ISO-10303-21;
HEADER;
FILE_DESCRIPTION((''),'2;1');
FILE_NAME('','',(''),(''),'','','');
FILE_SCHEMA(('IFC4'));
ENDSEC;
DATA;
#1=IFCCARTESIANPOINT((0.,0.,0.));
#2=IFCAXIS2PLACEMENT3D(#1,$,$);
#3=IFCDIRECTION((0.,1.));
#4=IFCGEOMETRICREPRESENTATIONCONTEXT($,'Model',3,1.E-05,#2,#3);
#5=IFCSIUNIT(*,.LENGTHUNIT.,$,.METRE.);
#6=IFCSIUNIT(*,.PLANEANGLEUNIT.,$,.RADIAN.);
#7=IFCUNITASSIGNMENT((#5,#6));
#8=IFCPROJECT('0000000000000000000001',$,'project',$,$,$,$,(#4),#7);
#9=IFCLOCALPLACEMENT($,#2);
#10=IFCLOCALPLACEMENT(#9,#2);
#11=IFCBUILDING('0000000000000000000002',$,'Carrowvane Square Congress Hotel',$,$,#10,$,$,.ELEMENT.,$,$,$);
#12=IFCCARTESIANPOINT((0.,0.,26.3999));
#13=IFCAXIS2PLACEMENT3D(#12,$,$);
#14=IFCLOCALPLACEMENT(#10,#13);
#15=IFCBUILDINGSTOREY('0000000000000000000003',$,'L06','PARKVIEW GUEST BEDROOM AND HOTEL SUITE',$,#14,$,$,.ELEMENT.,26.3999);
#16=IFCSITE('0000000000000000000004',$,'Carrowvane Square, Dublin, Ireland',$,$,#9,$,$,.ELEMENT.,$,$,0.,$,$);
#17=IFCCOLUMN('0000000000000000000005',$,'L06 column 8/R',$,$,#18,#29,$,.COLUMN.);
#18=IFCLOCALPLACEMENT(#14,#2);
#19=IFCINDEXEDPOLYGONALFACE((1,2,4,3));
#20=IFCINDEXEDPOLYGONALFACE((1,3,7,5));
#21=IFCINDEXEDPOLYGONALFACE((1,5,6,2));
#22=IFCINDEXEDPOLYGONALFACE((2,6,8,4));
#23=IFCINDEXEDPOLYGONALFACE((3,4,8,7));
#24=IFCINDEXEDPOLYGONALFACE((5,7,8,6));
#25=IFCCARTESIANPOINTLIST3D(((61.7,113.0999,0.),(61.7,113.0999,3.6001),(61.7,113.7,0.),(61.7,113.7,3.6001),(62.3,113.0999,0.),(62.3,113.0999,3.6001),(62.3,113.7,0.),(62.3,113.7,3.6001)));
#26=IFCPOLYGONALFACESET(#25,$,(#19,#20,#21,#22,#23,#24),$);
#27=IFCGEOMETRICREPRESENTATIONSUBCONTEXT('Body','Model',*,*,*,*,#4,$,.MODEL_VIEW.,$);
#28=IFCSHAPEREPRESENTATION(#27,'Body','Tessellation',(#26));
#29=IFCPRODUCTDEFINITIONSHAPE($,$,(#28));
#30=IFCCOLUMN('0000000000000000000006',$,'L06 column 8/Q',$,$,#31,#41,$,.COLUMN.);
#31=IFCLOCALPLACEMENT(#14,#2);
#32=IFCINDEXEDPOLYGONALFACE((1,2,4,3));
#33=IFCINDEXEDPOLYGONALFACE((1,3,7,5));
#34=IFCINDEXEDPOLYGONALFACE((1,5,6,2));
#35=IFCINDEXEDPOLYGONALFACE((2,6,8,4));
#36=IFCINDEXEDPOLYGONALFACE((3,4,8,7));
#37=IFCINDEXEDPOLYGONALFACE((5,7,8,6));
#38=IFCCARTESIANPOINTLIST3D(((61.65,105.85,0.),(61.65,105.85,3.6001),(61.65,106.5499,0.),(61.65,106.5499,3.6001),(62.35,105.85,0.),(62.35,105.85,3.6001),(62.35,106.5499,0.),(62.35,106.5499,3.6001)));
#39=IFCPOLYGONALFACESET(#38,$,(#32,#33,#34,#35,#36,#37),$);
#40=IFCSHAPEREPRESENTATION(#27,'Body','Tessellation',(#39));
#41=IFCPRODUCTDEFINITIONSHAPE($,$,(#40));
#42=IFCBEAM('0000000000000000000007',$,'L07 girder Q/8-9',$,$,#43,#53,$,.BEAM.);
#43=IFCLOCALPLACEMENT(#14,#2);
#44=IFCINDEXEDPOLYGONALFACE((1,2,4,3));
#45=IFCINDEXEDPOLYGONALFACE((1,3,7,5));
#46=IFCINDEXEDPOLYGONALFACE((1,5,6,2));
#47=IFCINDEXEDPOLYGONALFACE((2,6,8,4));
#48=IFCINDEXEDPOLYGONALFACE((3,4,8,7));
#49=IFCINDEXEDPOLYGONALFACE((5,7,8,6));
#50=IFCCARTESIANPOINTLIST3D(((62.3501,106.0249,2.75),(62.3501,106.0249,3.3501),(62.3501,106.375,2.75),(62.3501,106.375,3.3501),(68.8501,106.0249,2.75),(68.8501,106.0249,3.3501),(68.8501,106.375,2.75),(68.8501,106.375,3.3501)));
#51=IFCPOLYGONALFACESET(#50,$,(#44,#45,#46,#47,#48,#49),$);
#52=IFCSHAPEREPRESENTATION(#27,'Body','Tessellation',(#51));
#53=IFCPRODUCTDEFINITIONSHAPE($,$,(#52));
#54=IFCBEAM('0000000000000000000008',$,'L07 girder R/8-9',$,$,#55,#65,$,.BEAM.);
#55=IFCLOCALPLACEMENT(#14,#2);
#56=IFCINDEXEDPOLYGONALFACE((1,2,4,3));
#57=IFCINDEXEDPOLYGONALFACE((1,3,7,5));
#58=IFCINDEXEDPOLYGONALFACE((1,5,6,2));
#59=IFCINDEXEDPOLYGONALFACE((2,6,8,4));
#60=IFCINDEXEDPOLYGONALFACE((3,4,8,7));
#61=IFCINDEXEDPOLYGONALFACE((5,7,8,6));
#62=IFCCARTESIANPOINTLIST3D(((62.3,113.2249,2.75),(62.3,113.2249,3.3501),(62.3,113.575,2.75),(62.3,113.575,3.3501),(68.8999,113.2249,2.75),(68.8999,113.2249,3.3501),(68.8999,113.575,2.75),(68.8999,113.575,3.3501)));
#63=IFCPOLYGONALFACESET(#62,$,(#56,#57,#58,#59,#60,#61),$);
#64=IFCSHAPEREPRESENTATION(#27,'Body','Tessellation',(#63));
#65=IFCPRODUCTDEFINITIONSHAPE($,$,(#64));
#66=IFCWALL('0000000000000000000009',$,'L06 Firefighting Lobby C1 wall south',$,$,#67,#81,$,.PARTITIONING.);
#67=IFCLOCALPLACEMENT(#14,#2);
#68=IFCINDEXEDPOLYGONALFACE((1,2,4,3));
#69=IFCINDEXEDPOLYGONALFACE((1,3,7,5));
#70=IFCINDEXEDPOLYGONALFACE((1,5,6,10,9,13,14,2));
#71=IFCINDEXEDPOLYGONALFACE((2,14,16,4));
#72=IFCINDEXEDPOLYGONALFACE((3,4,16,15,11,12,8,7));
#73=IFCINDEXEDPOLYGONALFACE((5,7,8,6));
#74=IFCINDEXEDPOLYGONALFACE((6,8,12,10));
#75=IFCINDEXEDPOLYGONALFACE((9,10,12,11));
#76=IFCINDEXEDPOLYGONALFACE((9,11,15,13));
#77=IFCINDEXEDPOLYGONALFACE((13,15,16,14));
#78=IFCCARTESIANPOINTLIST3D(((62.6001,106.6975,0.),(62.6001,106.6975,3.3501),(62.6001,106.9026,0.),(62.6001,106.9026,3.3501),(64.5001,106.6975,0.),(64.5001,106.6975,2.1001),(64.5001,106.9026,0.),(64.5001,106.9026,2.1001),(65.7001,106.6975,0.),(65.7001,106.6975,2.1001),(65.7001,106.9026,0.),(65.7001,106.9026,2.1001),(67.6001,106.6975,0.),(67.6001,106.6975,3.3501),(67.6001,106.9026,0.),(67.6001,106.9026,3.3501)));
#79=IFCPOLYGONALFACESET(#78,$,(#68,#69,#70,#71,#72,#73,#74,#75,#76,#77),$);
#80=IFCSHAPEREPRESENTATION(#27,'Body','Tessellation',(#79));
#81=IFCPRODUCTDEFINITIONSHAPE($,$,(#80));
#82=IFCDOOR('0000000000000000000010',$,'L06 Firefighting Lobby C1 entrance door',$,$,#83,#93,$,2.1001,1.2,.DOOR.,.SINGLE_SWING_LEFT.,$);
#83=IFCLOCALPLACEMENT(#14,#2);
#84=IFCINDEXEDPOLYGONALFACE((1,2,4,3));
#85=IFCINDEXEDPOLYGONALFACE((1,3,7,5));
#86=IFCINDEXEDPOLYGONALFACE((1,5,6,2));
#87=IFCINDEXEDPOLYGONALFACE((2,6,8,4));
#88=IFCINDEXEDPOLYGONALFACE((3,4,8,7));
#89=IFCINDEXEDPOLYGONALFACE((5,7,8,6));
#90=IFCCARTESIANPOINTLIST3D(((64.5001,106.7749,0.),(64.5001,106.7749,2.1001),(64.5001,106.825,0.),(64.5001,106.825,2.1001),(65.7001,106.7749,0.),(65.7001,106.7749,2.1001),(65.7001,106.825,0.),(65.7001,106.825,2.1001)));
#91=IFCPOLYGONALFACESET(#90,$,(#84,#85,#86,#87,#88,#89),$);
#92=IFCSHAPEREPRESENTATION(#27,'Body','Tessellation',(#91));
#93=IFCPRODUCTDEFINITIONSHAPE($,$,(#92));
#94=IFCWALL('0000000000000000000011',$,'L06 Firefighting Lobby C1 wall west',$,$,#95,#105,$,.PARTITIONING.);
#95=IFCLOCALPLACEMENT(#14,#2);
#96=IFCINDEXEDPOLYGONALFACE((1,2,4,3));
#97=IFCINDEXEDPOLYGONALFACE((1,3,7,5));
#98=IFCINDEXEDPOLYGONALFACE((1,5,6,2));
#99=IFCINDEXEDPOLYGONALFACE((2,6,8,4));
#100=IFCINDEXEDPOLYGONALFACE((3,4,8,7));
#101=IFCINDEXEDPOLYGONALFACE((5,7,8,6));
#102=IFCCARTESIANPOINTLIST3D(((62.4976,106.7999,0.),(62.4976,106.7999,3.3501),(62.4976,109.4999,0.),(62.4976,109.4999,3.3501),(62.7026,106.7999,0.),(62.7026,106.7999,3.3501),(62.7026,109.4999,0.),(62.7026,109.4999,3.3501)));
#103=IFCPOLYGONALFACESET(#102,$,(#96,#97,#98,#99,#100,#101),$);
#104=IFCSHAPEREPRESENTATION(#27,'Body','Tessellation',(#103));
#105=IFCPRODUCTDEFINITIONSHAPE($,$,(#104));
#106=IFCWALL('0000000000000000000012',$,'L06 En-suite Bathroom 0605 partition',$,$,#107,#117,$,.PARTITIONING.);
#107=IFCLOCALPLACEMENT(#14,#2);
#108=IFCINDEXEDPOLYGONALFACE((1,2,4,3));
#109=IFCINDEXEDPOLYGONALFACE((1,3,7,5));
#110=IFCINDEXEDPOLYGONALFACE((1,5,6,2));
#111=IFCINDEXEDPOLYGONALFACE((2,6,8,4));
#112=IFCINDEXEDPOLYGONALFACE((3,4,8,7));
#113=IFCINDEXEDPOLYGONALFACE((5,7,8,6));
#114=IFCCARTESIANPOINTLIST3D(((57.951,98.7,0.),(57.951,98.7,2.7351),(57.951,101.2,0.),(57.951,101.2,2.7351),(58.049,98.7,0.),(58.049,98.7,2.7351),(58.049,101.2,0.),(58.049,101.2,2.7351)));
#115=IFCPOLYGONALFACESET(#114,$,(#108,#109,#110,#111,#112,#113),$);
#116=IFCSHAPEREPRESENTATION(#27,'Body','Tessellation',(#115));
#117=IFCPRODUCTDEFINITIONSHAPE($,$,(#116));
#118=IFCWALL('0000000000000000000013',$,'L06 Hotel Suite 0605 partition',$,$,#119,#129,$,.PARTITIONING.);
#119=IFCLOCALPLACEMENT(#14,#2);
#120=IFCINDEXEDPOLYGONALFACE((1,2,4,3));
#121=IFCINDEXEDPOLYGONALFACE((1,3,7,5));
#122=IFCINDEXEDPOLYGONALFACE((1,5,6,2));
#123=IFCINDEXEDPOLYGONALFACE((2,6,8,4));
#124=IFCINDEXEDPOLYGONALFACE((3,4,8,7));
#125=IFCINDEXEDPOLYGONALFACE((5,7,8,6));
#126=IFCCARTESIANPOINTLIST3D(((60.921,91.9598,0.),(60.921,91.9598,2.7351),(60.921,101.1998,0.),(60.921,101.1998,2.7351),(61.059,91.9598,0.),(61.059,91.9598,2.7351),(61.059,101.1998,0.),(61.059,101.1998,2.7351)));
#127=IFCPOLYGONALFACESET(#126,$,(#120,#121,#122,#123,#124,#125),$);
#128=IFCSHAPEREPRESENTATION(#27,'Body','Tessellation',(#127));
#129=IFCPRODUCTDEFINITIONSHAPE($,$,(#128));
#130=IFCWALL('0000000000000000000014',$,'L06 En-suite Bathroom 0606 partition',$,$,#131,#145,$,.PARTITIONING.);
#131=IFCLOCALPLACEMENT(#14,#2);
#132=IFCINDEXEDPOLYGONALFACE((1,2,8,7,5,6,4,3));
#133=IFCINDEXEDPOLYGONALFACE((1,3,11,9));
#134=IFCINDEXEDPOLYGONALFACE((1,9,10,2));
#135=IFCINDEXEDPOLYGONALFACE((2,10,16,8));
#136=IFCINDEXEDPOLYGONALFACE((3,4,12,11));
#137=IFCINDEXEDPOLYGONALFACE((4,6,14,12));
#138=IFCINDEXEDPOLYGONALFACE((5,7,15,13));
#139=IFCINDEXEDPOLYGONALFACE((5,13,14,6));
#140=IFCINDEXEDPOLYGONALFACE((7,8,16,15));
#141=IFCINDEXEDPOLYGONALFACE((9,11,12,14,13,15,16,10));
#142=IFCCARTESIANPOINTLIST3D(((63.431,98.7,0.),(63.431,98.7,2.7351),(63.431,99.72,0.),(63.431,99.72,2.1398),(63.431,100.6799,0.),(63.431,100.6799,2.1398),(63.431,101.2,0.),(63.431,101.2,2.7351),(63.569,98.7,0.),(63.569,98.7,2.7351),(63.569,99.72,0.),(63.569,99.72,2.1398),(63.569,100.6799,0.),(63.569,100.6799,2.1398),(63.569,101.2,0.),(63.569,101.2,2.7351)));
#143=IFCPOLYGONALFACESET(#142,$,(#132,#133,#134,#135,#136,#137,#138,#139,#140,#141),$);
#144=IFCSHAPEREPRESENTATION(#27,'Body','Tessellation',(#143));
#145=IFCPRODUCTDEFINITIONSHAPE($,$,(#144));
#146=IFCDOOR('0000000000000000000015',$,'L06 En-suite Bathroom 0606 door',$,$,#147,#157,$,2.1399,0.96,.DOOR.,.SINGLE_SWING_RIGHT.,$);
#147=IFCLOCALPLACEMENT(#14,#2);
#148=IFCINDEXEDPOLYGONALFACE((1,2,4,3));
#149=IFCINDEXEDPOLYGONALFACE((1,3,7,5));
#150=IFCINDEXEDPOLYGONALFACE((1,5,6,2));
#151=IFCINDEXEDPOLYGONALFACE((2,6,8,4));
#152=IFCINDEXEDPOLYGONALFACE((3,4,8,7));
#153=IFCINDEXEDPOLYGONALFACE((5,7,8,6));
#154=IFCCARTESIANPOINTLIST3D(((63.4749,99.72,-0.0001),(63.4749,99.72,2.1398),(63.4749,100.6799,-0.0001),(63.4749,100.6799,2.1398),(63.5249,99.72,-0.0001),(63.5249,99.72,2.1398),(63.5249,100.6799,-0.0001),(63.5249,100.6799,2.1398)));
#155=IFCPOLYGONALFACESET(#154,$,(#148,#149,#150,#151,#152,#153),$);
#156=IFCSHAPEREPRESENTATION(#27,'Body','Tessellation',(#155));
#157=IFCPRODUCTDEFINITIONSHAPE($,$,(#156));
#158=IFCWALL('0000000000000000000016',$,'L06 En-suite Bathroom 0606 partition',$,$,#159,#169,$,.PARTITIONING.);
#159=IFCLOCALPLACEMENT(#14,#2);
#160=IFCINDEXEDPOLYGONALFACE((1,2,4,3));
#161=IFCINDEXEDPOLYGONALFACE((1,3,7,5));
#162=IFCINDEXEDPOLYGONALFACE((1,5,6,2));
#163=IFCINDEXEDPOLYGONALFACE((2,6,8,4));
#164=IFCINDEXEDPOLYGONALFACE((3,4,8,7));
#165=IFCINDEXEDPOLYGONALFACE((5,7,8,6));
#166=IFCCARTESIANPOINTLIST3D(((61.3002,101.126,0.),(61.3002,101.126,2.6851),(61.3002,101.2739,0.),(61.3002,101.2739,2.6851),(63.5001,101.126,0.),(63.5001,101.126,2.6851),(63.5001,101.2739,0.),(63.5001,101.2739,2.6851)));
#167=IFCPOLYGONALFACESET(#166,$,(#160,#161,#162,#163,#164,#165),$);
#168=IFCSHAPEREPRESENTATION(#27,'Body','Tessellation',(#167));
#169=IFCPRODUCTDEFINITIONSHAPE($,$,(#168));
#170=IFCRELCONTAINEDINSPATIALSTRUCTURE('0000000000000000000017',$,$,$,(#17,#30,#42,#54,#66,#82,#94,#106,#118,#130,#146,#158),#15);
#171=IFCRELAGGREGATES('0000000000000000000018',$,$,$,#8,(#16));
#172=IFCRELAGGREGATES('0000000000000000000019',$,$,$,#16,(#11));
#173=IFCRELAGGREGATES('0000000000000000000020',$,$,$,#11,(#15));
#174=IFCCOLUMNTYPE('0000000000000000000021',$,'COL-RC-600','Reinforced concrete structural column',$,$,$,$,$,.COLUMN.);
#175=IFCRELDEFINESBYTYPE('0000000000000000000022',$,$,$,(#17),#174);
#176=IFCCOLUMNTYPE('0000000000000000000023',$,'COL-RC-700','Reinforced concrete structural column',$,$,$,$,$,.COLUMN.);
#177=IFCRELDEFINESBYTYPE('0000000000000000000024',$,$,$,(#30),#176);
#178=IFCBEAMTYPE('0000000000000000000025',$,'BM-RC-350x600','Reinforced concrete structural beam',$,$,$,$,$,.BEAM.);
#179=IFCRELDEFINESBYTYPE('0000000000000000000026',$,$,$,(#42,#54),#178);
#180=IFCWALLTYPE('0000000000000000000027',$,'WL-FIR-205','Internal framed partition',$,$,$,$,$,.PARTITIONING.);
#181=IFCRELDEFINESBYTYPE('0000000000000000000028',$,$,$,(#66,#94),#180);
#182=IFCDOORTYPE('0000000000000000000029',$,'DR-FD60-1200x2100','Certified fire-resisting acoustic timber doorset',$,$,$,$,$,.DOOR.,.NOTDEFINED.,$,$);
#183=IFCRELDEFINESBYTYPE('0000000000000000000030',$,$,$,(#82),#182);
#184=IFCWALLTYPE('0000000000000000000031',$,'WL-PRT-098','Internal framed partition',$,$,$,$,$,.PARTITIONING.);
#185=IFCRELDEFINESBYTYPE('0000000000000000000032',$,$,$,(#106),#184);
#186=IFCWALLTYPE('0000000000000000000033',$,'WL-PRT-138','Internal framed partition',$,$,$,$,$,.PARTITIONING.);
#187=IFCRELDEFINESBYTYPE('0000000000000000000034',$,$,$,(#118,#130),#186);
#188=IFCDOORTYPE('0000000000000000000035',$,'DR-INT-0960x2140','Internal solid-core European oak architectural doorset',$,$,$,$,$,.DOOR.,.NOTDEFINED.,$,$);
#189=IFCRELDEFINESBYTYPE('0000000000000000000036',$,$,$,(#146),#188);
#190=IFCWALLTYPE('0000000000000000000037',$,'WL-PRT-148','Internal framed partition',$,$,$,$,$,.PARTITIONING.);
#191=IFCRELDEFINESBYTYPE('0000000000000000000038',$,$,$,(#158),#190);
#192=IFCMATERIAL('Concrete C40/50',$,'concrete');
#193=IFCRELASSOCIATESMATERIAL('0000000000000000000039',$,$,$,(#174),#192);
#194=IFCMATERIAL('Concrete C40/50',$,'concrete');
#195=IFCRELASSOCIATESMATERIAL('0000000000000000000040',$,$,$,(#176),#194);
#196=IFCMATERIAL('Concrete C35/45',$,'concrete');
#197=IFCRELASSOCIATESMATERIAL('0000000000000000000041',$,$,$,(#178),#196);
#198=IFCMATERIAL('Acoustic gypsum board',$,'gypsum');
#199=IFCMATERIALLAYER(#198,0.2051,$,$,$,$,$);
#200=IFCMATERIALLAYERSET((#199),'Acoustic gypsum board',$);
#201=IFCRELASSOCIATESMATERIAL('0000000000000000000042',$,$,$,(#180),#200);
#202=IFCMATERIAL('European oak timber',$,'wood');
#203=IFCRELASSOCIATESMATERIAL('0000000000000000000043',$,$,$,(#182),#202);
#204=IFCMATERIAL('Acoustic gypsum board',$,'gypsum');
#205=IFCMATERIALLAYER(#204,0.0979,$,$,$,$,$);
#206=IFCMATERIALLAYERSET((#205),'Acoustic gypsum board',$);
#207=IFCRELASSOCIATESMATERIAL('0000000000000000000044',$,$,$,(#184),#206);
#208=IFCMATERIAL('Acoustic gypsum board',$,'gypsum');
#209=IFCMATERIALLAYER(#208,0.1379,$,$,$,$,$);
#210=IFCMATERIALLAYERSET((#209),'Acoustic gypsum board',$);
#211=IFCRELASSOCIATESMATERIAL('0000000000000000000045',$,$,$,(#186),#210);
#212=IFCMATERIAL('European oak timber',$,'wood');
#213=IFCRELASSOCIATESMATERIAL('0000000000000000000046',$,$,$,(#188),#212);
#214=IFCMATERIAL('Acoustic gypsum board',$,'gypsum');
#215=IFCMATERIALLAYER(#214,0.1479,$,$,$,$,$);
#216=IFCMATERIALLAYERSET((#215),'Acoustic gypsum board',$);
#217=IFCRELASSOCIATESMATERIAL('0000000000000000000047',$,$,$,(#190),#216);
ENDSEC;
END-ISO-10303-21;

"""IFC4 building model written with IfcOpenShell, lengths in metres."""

from ifc_helpers import new_model, si_unit, direction, frame, frame_2d, origin, origin_2d, place, context, subcontext, project, spatial, rectangle, extrude, material, layer, layer_set, material_profile, profile_set, type_object, element, fill, save


model = new_model("IFC4")

# Units and contexts
model_context = context("Model", 3, precision=1e-05, world=origin(), true_north=direction((0.0, 1.0)))
body_context = subcontext(model_context, "Body", "Model", "MODEL_VIEW")
ifc_project = project(units=[si_unit("LENGTHUNIT", "METRE"), si_unit("PLANEANGLEUNIT", "RADIAN")], contexts=[model_context])

# Site, building, storey
site_placement = place(None, origin())
site = spatial("IfcSite", under=ifc_project, at=site_placement, Name="Carrowvane Square, Dublin, Ireland", CompositionType="ELEMENT", RefElevation=0.0)
building_placement = place(site_placement, origin())
building = spatial("IfcBuilding", under=site, at=building_placement, Name="Carrowvane Square Congress Hotel", CompositionType="ELEMENT")
storey_placement = place(building_placement, frame((0.0, 0.0, 26.3999)))
storey = spatial("IfcBuildingStorey", under=building, at=storey_placement, Name="L06", Description="PARKVIEW GUEST BEDROOM AND HOTEL SUITE", CompositionType="ELEMENT", Elevation=26.3999)

# Columns
ifc_material_1 = material(Name="Concrete C40/50", Category="concrete")
ifc_material_profile_1 = material_profile(ifc_material_1, rectangle(XDim=0.6001, YDim=0.6001, at=origin_2d()), Name="RC 600x600")
ifc_profile_set_1 = profile_set([ifc_material_profile_1], Name="Concrete C40/50")
column_type_1 = type_object("IfcColumnType", Name="COL-RC-600", Description="Reinforced concrete structural column", PredefinedType="COLUMN", material=ifc_profile_set_1)
column_1_placement = place(storey_placement, frame((62.0, 113.3999, 0.0), z_axis=(0.0, 0.0, 1.0), x_axis=(1.0, 0.0, 0.0)))
element("IfcColumn", 1, at=column_1_placement, inside=storey, type_object=column_type_1, Name="L06 column 8/R", PredefinedType="COLUMN", context=body_context, shape_type="SweptSolid", body=[
    extrude(rectangle(XDim=0.6001, YDim=0.6001, at=origin_2d()), origin(), (0.0, 0.0, 1.0), 3.6001),
])
ifc_material_2 = material(Name="Concrete C40/50", Category="concrete")
ifc_material_profile_2 = material_profile(ifc_material_2, rectangle(XDim=0.7, YDim=0.7, at=origin_2d()), Name="RC 700x700")
ifc_profile_set_2 = profile_set([ifc_material_profile_2], Name="Concrete C40/50")
column_type_2 = type_object("IfcColumnType", Name="COL-RC-700", Description="Reinforced concrete structural column", PredefinedType="COLUMN", material=ifc_profile_set_2)
column_2_placement = place(storey_placement, frame((62.0, 106.2, 0.0), z_axis=(0.0, 0.0, 1.0), x_axis=(1.0, 0.0, 0.0)))
element("IfcColumn", 2, at=column_2_placement, inside=storey, type_object=column_type_2, Name="L06 column 8/Q", PredefinedType="COLUMN", context=body_context, shape_type="SweptSolid", body=[
    extrude(rectangle(XDim=0.7, YDim=0.7, at=origin_2d()), origin(), (0.0, 0.0, 1.0), 3.6001),
])

# Beams
ifc_material_3 = material(Name="Concrete C35/45", Category="concrete")
ifc_material_profile_3 = material_profile(ifc_material_3, rectangle(XDim=0.3501, YDim=0.6001, at=origin_2d()), Name="RC 350x600")
ifc_profile_set_3 = profile_set([ifc_material_profile_3], Name="Concrete C35/45")
beam_type = type_object("IfcBeamType", Name="BM-RC-350x600", Description="Reinforced concrete structural beam", PredefinedType="BEAM", material=ifc_profile_set_3)
beam_1_placement = place(storey_placement, frame((62.3501, 106.2, 3.05), z_axis=(1.0, 0.0, 0.0), x_axis=(0.0, 1.0, 0.0)))
element("IfcBeam", 3, at=beam_1_placement, inside=storey, type_object=beam_type, Name="L07 girder Q/8-9", PredefinedType="BEAM", context=body_context, shape_type="SweptSolid", body=[
    extrude(rectangle(XDim=0.3501, YDim=0.6001, at=origin_2d()), origin(), (0.0, 0.0, 1.0), 6.5),
])
beam_2_placement = place(storey_placement, frame((62.3, 113.3999, 3.05), z_axis=(1.0, 0.0, 0.0), x_axis=(0.0, 1.0, 0.0)))
element("IfcBeam", 4, at=beam_2_placement, inside=storey, type_object=beam_type, Name="L07 girder R/8-9", PredefinedType="BEAM", context=body_context, shape_type="SweptSolid", body=[
    extrude(rectangle(XDim=0.3501, YDim=0.6001, at=origin_2d()), origin(), (0.0, 0.0, 1.0), 6.5999),
])

# Wall, opening, door
ifc_material_4 = material(Name="Acoustic gypsum board", Category="gypsum")
ifc_layer_1 = layer(ifc_material_4, 0.2051)
ifc_layer_set_1 = layer_set([ifc_layer_1], Name="Acoustic gypsum board")
wall_type_1 = type_object("IfcWallType", Name="WL-FIR-205", Description="Internal framed partition", PredefinedType="PARTITIONING", material=ifc_layer_set_1)
wall_1_placement = place(storey_placement, frame((62.6001, 106.8, 0.0), z_axis=(0.0, 0.0, 1.0), x_axis=(1.0, 0.0, 0.0)))
wall_1 = element("IfcWall", 5, at=wall_1_placement, inside=storey, type_object=wall_type_1, Name="L06 Firefighting Lobby C1 wall south", PredefinedType="PARTITIONING", context=body_context, shape_type="SweptSolid", body=[
    extrude(rectangle(XDim=5.0, YDim=0.2051, at=frame_2d((2.5, 0.0))), origin(), (0.0, 0.0, 1.0), 3.3501),
])
opening_1_placement = place(wall_1_placement, frame((1.8999, 0.0, 0.0)))
opening_1 = element("IfcOpeningElement", 6, at=opening_1_placement, cuts=wall_1, PredefinedType="OPENING", context=body_context, shape_type="SweptSolid", body=[
    extrude(rectangle(XDim=1.2, YDim=2.1001, at=frame_2d((0.6001, 1.05))), frame((0.0, 0.1125, 0.0), z_axis=(0.0, -1.0, 0.0), x_axis=(1.0, 0.0, 0.0)), (0.0, 0.0, 1.0), 0.2251),
])
ifc_material_5 = material(Name="European oak timber", Category="wood")
door_type_1 = type_object("IfcDoorType", Name="DR-FD60-1200x2100", Description="Certified fire-resisting acoustic timber doorset", OperationType="NOTDEFINED", PredefinedType="DOOR", material=ifc_material_5)
door_1_placement = place(opening_1_placement, origin())
door_1 = element("IfcDoor", 7, at=door_1_placement, inside=storey, type_object=door_type_1, Name="L06 Firefighting Lobby C1 entrance door", OperationType="SINGLE_SWING_LEFT", OverallHeight=2.1001, OverallWidth=1.2, PredefinedType="DOOR", context=body_context, shape_type="SweptSolid", body=[
    extrude(rectangle(XDim=1.2, YDim=2.1001, at=frame_2d((0.6001, 1.05))), frame((0.0, 0.0249, 0.0), z_axis=(0.0, -1.0, 0.0), x_axis=(1.0, 0.0, 0.0)), (0.0, 0.0, 1.0), 0.05),
])
fill(opening_1, door_1)

# Walls
wall_2_placement = place(storey_placement, frame((62.6001, 109.5, 0.0), z_axis=(0.0, 0.0, 1.0), x_axis=(0.0, -1.0, 0.0)))
element("IfcWall", 8, at=wall_2_placement, inside=storey, type_object=wall_type_1, Name="L06 Firefighting Lobby C1 wall west", PredefinedType="PARTITIONING", context=body_context, shape_type="SweptSolid", body=[
    extrude(rectangle(XDim=2.7, YDim=0.2051, at=frame_2d((1.3501, 0.0))), origin(), (0.0, 0.0, 1.0), 3.3501),
])
ifc_material_6 = material(Name="Acoustic gypsum board", Category="gypsum")
ifc_layer_2 = layer(ifc_material_6, 0.0979)
ifc_layer_set_2 = layer_set([ifc_layer_2], Name="Acoustic gypsum board")
wall_type_2 = type_object("IfcWallType", Name="WL-PRT-098", Description="Internal framed partition", PredefinedType="PARTITIONING", material=ifc_layer_set_2)
wall_3_placement = place(storey_placement, frame((58.0, 101.2, 0.0), z_axis=(0.0, 0.0, 1.0), x_axis=(0.0, -1.0, 0.0)))
element("IfcWall", 9, at=wall_3_placement, inside=storey, type_object=wall_type_2, Name="L06 En-suite Bathroom 0605 partition", PredefinedType="PARTITIONING", context=body_context, shape_type="SweptSolid", body=[
    extrude(rectangle(XDim=2.5, YDim=0.0979, at=frame_2d((1.25, 0.0))), origin(), (0.0, 0.0, 1.0), 2.7351),
])
ifc_material_7 = material(Name="Acoustic gypsum board", Category="gypsum")
ifc_layer_3 = layer(ifc_material_7, 0.1379)
ifc_layer_set_3 = layer_set([ifc_layer_3], Name="Acoustic gypsum board")
wall_type_3 = type_object("IfcWallType", Name="WL-PRT-138", Description="Internal framed partition", PredefinedType="PARTITIONING", material=ifc_layer_set_3)
wall_4_placement = place(storey_placement, frame((60.99, 101.2, 0.0), z_axis=(0.0, 0.0, 1.0), x_axis=(0.0, -1.0, 0.0)))
element("IfcWall", 10, at=wall_4_placement, inside=storey, type_object=wall_type_3, Name="L06 Hotel Suite 0605 partition", PredefinedType="PARTITIONING", context=body_context, shape_type="SweptSolid", body=[
    extrude(rectangle(XDim=9.24, YDim=0.1379, at=frame_2d((4.6201, 0.0))), origin(), (0.0, 0.0, 1.0), 2.7351),
])

# Wall, opening, door
wall_5_placement = place(storey_placement, frame((63.5, 101.2, 0.0), z_axis=(0.0, 0.0, 1.0), x_axis=(0.0, -1.0, 0.0)))
wall_5 = element("IfcWall", 11, at=wall_5_placement, inside=storey, type_object=wall_type_3, Name="L06 En-suite Bathroom 0606 partition", PredefinedType="PARTITIONING", context=body_context, shape_type="SweptSolid", body=[
    extrude(rectangle(XDim=2.5, YDim=0.1379, at=frame_2d((1.25, 0.0))), origin(), (0.0, 0.0, 1.0), 2.7351),
])
opening_2_placement = place(wall_5_placement, frame((0.52, 0.0, 0.0)))
opening_2 = element("IfcOpeningElement", 12, at=opening_2_placement, cuts=wall_5, PredefinedType="OPENING", context=body_context, shape_type="SweptSolid", body=[
    extrude(rectangle(XDim=0.96, YDim=2.1399, at=frame_2d((0.48, 1.0698))), frame((0.0, 0.0789, 0.0), z_axis=(0.0, -1.0, 0.0), x_axis=(1.0, 0.0, 0.0)), (0.0, 0.0, 1.0), 0.158),
])
ifc_material_8 = material(Name="European oak timber", Category="wood")
door_type_2 = type_object("IfcDoorType", Name="DR-INT-0960x2140", Description="Internal solid-core European oak architectural doorset", OperationType="NOTDEFINED", PredefinedType="DOOR", material=ifc_material_8)
door_2_placement = place(opening_2_placement, origin())
door_2 = element("IfcDoor", 13, at=door_2_placement, inside=storey, type_object=door_type_2, Name="L06 En-suite Bathroom 0606 door", OperationType="SINGLE_SWING_RIGHT", OverallHeight=2.1399, OverallWidth=0.96, PredefinedType="DOOR", context=body_context, shape_type="SweptSolid", body=[
    extrude(rectangle(XDim=0.96, YDim=2.1399, at=frame_2d((0.48, 1.0698))), frame((0.0, 0.0249, 0.0), z_axis=(0.0, -1.0, 0.0), x_axis=(1.0, 0.0, 0.0)), (0.0, 0.0, 1.0), 0.05),
])
fill(opening_2, door_2)

# Wall
ifc_material_9 = material(Name="Acoustic gypsum board", Category="gypsum")
ifc_layer_4 = layer(ifc_material_9, 0.1479)
ifc_layer_set_4 = layer_set([ifc_layer_4], Name="Acoustic gypsum board")
wall_type_4 = type_object("IfcWallType", Name="WL-PRT-148", Description="Internal framed partition", PredefinedType="PARTITIONING", material=ifc_layer_set_4)
wall_6_placement = place(storey_placement, frame((61.3, 101.2, 0.0), z_axis=(0.0, 0.0, 1.0), x_axis=(1.0, 0.0, 0.0)))
element("IfcWall", 14, at=wall_6_placement, inside=storey, type_object=wall_type_4, Name="L06 En-suite Bathroom 0606 partition", PredefinedType="PARTITIONING", context=body_context, shape_type="SweptSolid", body=[
    extrude(rectangle(XDim=2.2, YDim=0.1479, at=frame_2d((1.1001, 0.0))), origin(), (0.0, 0.0, 1.0), 2.6851),
])

save(model, "model.ifc")
